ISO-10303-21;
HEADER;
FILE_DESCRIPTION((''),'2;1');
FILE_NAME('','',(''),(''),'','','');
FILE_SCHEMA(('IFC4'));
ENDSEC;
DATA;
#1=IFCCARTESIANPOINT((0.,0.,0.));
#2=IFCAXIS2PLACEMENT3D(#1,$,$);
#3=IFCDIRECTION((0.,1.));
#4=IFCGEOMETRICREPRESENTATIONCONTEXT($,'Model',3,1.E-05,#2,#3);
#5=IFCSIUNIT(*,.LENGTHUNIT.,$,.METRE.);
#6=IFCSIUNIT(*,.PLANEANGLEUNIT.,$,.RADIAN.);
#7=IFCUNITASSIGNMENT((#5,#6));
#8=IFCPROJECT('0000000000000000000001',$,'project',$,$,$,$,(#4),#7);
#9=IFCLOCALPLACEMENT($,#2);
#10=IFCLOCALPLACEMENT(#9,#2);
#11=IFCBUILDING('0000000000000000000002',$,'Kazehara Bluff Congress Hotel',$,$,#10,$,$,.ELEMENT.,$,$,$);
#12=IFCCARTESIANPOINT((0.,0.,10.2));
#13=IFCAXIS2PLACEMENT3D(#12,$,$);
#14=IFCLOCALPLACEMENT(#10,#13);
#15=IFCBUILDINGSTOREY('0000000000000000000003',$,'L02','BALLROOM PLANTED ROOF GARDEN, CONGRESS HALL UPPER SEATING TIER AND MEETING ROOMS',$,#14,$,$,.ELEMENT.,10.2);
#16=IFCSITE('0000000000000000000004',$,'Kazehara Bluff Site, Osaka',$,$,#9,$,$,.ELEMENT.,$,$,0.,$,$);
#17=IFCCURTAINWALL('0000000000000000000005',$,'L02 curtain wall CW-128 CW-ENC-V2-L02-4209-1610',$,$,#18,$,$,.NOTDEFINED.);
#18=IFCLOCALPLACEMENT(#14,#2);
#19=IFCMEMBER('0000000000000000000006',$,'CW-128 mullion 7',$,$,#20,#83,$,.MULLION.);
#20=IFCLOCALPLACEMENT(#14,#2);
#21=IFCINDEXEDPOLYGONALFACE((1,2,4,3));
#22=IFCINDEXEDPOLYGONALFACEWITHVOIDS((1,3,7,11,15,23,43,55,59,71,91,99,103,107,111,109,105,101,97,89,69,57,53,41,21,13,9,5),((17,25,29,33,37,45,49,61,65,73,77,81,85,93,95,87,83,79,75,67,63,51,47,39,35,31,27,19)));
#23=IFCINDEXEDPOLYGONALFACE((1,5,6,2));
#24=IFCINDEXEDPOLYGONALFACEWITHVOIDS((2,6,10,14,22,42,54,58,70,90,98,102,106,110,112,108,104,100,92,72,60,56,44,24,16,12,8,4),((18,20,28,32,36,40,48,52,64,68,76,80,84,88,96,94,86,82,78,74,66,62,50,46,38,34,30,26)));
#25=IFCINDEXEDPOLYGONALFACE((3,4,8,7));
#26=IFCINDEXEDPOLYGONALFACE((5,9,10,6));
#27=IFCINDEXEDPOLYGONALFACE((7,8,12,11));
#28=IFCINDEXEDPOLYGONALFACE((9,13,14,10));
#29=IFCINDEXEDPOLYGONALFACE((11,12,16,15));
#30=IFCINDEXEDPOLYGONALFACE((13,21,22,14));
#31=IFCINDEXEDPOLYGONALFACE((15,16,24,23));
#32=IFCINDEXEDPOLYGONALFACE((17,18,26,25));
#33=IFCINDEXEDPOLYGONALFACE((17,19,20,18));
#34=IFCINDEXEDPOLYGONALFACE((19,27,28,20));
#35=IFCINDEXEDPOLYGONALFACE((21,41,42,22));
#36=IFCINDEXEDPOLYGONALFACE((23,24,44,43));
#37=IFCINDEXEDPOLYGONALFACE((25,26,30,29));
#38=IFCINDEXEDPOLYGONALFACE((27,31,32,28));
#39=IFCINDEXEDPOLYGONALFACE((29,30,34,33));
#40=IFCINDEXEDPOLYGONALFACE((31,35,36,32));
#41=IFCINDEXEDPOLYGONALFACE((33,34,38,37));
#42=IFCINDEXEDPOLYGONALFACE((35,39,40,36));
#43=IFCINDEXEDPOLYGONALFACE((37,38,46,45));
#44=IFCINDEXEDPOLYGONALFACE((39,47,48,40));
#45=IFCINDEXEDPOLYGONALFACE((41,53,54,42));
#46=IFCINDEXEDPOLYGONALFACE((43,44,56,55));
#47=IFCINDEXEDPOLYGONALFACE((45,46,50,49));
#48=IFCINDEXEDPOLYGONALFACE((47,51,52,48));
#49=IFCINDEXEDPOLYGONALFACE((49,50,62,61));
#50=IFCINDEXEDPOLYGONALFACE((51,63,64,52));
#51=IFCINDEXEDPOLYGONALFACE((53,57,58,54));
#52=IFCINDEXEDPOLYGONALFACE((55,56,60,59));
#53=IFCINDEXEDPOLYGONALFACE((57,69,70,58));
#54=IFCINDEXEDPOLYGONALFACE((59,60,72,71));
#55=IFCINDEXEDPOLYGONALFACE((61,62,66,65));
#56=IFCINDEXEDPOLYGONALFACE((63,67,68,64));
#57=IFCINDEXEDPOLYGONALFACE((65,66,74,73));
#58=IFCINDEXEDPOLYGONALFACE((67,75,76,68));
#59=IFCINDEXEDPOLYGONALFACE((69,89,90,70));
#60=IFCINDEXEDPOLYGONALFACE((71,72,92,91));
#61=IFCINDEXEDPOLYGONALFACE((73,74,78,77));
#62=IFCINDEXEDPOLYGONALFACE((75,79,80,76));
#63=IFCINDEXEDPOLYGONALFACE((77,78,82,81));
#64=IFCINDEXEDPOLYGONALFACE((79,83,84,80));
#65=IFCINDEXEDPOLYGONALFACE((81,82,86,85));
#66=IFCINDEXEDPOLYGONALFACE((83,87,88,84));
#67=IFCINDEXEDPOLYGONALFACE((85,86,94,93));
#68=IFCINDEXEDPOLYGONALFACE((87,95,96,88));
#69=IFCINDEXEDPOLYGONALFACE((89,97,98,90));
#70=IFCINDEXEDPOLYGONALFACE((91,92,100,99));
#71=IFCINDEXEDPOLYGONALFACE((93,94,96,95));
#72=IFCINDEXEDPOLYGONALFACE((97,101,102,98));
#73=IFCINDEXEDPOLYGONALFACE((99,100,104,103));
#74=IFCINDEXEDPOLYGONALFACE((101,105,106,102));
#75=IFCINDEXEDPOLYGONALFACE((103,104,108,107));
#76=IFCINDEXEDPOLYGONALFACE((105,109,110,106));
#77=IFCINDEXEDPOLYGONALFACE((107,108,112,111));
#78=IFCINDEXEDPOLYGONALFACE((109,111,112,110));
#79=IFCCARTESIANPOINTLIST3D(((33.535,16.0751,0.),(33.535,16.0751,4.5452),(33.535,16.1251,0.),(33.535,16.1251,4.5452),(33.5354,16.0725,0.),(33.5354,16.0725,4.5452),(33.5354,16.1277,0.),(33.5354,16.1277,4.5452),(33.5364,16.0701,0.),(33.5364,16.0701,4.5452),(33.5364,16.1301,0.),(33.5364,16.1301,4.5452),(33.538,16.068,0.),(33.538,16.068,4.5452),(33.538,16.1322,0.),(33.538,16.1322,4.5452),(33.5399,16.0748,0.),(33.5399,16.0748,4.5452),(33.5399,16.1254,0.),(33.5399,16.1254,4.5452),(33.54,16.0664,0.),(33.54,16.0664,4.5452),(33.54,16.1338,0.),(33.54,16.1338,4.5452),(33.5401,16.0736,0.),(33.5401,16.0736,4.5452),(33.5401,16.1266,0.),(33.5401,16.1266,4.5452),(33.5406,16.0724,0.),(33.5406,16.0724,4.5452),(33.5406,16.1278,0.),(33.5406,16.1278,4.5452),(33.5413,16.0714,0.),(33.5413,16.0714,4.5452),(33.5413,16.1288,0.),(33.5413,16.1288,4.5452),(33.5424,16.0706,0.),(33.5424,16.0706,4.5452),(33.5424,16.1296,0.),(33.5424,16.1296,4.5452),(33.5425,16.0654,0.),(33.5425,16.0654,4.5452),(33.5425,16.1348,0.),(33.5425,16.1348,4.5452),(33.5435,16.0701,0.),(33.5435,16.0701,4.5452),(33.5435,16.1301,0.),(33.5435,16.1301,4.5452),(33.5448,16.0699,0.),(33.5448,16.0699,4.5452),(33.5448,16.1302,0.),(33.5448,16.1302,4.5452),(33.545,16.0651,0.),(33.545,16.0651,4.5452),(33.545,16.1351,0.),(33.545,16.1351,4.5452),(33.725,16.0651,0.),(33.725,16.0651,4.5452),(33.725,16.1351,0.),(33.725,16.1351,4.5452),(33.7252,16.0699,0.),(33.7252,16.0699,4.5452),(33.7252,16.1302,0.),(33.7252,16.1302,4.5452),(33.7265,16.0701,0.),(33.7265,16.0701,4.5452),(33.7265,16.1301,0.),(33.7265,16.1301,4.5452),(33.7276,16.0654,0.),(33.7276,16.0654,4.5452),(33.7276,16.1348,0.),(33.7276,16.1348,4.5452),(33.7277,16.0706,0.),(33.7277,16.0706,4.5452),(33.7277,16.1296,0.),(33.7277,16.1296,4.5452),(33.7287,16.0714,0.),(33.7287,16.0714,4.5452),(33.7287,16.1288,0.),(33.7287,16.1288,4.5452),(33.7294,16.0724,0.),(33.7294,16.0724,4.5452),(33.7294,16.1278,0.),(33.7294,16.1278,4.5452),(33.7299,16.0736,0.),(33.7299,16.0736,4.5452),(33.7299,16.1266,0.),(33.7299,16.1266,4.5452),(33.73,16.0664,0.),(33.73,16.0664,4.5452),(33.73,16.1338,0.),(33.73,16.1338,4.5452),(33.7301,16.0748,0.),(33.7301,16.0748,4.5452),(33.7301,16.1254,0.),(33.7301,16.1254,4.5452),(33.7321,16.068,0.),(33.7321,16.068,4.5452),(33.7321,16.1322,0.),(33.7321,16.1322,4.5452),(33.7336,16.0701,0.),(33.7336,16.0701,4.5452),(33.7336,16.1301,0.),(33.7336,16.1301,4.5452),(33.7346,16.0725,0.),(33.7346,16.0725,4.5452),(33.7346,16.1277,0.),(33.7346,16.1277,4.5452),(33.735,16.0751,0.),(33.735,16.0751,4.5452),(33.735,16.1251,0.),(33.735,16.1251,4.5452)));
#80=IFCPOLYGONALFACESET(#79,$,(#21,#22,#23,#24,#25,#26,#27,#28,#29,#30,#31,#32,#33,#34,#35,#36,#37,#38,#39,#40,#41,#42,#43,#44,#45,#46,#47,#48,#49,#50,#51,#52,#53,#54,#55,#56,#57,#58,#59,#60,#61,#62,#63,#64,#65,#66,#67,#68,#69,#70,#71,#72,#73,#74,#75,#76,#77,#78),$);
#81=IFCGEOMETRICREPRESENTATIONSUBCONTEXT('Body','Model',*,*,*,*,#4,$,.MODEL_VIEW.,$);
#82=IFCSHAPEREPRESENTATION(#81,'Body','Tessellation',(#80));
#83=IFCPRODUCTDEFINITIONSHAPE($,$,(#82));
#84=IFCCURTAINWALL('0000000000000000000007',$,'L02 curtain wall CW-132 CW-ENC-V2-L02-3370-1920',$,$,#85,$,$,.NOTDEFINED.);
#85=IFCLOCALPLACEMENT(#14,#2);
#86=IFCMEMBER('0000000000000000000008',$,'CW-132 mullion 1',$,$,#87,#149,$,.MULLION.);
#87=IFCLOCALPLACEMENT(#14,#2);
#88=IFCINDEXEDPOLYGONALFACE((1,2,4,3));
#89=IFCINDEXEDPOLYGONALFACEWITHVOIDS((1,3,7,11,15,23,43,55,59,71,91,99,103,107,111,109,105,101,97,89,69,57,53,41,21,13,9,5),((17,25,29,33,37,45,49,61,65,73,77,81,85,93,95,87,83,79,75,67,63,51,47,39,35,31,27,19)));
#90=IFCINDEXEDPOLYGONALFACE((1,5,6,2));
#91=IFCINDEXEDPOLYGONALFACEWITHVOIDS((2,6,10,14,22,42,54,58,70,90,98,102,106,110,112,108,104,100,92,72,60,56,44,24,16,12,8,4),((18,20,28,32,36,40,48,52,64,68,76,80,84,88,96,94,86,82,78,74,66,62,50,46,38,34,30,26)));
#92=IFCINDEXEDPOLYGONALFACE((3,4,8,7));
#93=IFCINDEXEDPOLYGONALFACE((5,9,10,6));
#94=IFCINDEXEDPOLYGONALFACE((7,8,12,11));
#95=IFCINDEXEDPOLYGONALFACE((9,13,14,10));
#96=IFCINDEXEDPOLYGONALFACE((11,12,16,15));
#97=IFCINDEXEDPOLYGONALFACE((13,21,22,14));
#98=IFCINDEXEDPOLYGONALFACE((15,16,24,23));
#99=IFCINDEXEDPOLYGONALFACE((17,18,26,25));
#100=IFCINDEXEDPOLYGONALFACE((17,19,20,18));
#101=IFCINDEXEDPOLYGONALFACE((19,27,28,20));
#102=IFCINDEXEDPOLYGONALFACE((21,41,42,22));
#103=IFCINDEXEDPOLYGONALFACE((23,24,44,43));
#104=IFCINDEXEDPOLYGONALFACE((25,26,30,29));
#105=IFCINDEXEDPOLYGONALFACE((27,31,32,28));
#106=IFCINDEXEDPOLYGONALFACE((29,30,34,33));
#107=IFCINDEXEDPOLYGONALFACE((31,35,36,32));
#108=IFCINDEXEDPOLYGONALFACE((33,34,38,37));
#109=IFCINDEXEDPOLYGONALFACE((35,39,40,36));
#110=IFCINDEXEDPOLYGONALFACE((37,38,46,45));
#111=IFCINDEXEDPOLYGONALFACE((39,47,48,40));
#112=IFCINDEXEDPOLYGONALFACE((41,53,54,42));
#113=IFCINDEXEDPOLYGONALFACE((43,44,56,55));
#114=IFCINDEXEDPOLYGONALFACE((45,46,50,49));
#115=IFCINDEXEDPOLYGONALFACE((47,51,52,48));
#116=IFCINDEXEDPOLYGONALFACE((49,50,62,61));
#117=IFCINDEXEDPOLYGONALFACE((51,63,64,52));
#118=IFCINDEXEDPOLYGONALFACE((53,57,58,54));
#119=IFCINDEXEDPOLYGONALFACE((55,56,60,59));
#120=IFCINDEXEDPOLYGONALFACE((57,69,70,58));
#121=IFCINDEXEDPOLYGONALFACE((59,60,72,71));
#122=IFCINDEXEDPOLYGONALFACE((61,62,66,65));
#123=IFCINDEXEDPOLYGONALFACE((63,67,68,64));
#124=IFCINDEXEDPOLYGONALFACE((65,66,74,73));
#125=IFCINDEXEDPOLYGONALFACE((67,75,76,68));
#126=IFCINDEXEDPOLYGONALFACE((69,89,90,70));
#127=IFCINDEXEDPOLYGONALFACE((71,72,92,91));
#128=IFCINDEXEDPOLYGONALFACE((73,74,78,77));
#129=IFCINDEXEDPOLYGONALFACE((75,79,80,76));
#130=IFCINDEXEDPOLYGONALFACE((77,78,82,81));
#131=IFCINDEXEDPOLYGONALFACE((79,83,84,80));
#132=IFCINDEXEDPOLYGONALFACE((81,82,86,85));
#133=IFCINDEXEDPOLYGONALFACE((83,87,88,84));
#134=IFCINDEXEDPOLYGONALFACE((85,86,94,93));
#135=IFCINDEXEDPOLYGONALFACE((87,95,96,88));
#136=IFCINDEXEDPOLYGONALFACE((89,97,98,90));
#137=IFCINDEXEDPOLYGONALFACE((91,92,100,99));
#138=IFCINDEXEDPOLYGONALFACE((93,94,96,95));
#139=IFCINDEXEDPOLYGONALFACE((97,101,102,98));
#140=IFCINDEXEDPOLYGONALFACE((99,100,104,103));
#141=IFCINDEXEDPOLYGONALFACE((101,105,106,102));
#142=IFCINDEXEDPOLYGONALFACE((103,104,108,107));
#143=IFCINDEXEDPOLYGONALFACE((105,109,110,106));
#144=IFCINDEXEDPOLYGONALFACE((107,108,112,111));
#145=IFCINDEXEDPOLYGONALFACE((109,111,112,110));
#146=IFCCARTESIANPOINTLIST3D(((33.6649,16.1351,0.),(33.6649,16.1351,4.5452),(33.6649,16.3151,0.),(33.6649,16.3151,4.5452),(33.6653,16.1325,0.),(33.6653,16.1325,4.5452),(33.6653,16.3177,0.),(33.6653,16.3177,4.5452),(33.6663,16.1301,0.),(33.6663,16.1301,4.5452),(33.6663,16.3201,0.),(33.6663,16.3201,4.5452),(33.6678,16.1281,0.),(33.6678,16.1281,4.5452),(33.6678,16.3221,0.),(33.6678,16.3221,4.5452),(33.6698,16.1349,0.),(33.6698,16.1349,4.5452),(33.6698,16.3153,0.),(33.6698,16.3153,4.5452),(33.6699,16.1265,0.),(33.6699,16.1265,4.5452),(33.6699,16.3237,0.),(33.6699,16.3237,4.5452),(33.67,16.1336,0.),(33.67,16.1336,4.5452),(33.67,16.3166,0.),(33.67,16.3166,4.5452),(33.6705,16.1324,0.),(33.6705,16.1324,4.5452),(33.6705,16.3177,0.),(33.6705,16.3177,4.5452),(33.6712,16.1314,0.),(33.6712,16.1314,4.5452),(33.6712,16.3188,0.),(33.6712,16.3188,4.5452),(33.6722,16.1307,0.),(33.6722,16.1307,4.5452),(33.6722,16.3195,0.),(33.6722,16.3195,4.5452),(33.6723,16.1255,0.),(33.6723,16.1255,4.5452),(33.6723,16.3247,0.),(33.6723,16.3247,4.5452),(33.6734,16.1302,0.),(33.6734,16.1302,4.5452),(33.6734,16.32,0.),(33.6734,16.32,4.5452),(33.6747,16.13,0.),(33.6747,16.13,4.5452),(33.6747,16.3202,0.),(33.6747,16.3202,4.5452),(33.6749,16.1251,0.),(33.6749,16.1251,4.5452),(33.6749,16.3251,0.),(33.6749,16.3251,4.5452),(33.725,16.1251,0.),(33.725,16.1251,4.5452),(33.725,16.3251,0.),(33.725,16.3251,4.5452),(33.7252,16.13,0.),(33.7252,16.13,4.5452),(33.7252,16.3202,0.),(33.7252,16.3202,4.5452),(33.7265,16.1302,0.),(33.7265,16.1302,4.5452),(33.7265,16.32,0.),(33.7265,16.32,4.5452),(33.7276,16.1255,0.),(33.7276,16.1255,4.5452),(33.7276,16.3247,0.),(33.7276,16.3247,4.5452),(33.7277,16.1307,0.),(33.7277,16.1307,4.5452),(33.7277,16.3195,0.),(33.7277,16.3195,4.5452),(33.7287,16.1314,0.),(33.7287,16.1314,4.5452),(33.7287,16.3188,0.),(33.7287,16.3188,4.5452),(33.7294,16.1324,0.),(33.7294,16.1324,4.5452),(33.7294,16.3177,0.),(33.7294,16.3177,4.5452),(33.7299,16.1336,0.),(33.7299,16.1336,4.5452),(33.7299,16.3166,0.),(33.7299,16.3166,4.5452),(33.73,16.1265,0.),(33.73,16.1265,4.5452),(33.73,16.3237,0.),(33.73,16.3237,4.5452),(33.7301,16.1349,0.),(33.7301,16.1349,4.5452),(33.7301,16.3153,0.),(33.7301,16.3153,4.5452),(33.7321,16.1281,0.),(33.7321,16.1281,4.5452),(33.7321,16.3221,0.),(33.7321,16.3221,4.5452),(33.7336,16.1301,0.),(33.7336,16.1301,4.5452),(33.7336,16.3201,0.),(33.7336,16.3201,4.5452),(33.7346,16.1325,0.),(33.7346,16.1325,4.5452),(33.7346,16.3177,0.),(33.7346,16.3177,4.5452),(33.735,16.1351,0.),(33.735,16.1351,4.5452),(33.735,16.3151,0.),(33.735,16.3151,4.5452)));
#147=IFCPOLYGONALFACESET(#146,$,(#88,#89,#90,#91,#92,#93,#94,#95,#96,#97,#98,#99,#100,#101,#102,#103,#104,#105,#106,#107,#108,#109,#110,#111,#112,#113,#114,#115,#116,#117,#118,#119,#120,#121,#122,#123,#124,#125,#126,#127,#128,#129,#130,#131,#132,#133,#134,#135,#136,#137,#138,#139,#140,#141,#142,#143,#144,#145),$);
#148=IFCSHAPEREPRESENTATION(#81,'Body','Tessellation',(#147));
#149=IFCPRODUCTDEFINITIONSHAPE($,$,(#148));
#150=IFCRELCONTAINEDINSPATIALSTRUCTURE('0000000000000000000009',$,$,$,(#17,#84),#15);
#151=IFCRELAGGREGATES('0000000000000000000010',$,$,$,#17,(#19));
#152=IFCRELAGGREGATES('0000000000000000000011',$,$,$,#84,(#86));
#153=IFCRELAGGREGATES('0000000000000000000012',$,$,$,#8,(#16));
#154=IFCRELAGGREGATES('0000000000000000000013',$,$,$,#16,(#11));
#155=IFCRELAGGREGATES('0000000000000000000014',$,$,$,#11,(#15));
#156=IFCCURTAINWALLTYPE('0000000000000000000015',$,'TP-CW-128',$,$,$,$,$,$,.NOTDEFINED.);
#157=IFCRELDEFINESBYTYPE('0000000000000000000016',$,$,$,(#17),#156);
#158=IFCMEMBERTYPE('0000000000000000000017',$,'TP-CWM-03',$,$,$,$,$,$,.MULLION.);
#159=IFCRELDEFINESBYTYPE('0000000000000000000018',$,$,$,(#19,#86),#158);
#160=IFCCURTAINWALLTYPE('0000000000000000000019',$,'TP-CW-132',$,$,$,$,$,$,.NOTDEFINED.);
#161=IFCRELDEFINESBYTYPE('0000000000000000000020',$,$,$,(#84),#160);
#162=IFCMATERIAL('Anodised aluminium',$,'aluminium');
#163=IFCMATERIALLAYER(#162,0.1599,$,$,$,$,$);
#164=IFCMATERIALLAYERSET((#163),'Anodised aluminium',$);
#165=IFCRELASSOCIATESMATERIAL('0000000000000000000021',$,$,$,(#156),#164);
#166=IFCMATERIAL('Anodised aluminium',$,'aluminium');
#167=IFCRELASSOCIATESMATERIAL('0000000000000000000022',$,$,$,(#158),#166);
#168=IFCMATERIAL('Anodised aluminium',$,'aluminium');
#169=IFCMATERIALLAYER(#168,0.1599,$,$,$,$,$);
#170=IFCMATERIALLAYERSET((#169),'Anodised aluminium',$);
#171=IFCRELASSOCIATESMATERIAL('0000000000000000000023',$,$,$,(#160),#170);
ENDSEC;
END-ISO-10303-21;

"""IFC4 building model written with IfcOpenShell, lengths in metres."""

from ifc_helpers import new_model, si_unit, direction, frame, origin, origin_2d, place, context, subcontext, project, spatial, hollow_rectangle, extrude, material, layer, layer_set, material_profile, profile_set, type_object, element, aggregate, save


model = new_model("IFC4")

# Units and contexts
model_context = context("Model", 3, precision=1e-05, world=origin(), true_north=direction((0.0, 1.0)))
body_context = subcontext(model_context, "Body", "Model", "MODEL_VIEW")
ifc_project = project(units=[si_unit("LENGTHUNIT", "METRE"), si_unit("PLANEANGLEUNIT", "RADIAN")], contexts=[model_context])

# Site, building, storey
site_placement = place(None, origin())
site = spatial("IfcSite", under=ifc_project, at=site_placement, Name="Kazehara Bluff Site, Osaka", CompositionType="ELEMENT", RefElevation=0.0)
building_placement = place(site_placement, origin())
building = spatial("IfcBuilding", under=site, at=building_placement, Name="Kazehara Bluff Congress Hotel", CompositionType="ELEMENT")
storey_placement = place(building_placement, frame((0.0, 0.0, 10.2)))
storey = spatial("IfcBuildingStorey", under=building, at=storey_placement, Name="L02", Description="BALLROOM PLANTED ROOF GARDEN, CONGRESS HALL UPPER SEATING TIER AND MEETING ROOMS", CompositionType="ELEMENT", Elevation=10.2)

# Curtain wall, member
ifc_material_1 = material(Name="Anodised aluminium", Category="aluminium")
ifc_layer_1 = layer(ifc_material_1, 0.1599)
ifc_layer_set_1 = layer_set([ifc_layer_1], Name="Anodised aluminium")
curtain_wall_type_1 = type_object("IfcCurtainWallType", Name="TP-CW-128", PredefinedType="NOTDEFINED", material=ifc_layer_set_1)
curtain_wall_1_placement = place(storey_placement, origin())
curtain_wall_1 = element("IfcCurtainWall", 1, at=curtain_wall_1_placement, inside=storey, type_object=curtain_wall_type_1, Name="L02 curtain wall CW-128 CW-ENC-V2-L02-4209-1610", PredefinedType="NOTDEFINED")
ifc_material_2 = material(Name="Anodised aluminium", Category="aluminium")
ifc_material_profile_1 = material_profile(ifc_material_2, hollow_rectangle(XDim=0.0701, YDim=0.2, WallThickness=0.0049, InnerFilletRadius=0.0049, OuterFilletRadius=0.01, at=origin_2d()))
ifc_profile_set_1 = profile_set([ifc_material_profile_1], Name="Anodised aluminium")
member_type_1 = type_object("IfcMemberType", Name="TP-CWM-03", PredefinedType="MULLION", material=ifc_profile_set_1)
member_1_placement = place(storey_placement, frame((33.635, 16.1001, 0.0), z_axis=(0.0, 0.0, 1.0), x_axis=(0.0, -1.0, 0.0)))
member_1 = element("IfcMember", 2, at=member_1_placement, type_object=member_type_1, Name="CW-128 mullion 7", PredefinedType="MULLION", context=body_context, shape_type="SweptSolid", body=[
    extrude(hollow_rectangle(XDim=0.0701, YDim=0.2, WallThickness=0.0049, InnerFilletRadius=0.0049, OuterFilletRadius=0.01, at=origin_2d()), origin(), (0.0, 0.0, 1.0), 4.5452),
])
aggregate(curtain_wall_1, [member_1])

# Curtain wall, member
ifc_material_3 = material(Name="Anodised aluminium", Category="aluminium")
ifc_layer_2 = layer(ifc_material_3, 0.1599)
ifc_layer_set_2 = layer_set([ifc_layer_2], Name="Anodised aluminium")
curtain_wall_type_2 = type_object("IfcCurtainWallType", Name="TP-CW-132", PredefinedType="NOTDEFINED", material=ifc_layer_set_2)
curtain_wall_2_placement = place(storey_placement, origin())
curtain_wall_2 = element("IfcCurtainWall", 3, at=curtain_wall_2_placement, inside=storey, type_object=curtain_wall_type_2, Name="L02 curtain wall CW-132 CW-ENC-V2-L02-3370-1920", PredefinedType="NOTDEFINED")
member_2_placement = place(storey_placement, frame((33.7, 16.2251, 0.0), z_axis=(0.0, 0.0, 1.0), x_axis=(-1.0, 0.0, 0.0)))
member_2 = element("IfcMember", 4, at=member_2_placement, type_object=member_type_1, Name="CW-132 mullion 1", PredefinedType="MULLION", context=body_context, shape_type="SweptSolid", body=[
    extrude(hollow_rectangle(XDim=0.0701, YDim=0.2, WallThickness=0.0049, InnerFilletRadius=0.0049, OuterFilletRadius=0.01, at=origin_2d()), origin(), (0.0, 0.0, 1.0), 4.5452),
])

aggregate(curtain_wall_2, [member_2])

save(model, "model.ifc")
